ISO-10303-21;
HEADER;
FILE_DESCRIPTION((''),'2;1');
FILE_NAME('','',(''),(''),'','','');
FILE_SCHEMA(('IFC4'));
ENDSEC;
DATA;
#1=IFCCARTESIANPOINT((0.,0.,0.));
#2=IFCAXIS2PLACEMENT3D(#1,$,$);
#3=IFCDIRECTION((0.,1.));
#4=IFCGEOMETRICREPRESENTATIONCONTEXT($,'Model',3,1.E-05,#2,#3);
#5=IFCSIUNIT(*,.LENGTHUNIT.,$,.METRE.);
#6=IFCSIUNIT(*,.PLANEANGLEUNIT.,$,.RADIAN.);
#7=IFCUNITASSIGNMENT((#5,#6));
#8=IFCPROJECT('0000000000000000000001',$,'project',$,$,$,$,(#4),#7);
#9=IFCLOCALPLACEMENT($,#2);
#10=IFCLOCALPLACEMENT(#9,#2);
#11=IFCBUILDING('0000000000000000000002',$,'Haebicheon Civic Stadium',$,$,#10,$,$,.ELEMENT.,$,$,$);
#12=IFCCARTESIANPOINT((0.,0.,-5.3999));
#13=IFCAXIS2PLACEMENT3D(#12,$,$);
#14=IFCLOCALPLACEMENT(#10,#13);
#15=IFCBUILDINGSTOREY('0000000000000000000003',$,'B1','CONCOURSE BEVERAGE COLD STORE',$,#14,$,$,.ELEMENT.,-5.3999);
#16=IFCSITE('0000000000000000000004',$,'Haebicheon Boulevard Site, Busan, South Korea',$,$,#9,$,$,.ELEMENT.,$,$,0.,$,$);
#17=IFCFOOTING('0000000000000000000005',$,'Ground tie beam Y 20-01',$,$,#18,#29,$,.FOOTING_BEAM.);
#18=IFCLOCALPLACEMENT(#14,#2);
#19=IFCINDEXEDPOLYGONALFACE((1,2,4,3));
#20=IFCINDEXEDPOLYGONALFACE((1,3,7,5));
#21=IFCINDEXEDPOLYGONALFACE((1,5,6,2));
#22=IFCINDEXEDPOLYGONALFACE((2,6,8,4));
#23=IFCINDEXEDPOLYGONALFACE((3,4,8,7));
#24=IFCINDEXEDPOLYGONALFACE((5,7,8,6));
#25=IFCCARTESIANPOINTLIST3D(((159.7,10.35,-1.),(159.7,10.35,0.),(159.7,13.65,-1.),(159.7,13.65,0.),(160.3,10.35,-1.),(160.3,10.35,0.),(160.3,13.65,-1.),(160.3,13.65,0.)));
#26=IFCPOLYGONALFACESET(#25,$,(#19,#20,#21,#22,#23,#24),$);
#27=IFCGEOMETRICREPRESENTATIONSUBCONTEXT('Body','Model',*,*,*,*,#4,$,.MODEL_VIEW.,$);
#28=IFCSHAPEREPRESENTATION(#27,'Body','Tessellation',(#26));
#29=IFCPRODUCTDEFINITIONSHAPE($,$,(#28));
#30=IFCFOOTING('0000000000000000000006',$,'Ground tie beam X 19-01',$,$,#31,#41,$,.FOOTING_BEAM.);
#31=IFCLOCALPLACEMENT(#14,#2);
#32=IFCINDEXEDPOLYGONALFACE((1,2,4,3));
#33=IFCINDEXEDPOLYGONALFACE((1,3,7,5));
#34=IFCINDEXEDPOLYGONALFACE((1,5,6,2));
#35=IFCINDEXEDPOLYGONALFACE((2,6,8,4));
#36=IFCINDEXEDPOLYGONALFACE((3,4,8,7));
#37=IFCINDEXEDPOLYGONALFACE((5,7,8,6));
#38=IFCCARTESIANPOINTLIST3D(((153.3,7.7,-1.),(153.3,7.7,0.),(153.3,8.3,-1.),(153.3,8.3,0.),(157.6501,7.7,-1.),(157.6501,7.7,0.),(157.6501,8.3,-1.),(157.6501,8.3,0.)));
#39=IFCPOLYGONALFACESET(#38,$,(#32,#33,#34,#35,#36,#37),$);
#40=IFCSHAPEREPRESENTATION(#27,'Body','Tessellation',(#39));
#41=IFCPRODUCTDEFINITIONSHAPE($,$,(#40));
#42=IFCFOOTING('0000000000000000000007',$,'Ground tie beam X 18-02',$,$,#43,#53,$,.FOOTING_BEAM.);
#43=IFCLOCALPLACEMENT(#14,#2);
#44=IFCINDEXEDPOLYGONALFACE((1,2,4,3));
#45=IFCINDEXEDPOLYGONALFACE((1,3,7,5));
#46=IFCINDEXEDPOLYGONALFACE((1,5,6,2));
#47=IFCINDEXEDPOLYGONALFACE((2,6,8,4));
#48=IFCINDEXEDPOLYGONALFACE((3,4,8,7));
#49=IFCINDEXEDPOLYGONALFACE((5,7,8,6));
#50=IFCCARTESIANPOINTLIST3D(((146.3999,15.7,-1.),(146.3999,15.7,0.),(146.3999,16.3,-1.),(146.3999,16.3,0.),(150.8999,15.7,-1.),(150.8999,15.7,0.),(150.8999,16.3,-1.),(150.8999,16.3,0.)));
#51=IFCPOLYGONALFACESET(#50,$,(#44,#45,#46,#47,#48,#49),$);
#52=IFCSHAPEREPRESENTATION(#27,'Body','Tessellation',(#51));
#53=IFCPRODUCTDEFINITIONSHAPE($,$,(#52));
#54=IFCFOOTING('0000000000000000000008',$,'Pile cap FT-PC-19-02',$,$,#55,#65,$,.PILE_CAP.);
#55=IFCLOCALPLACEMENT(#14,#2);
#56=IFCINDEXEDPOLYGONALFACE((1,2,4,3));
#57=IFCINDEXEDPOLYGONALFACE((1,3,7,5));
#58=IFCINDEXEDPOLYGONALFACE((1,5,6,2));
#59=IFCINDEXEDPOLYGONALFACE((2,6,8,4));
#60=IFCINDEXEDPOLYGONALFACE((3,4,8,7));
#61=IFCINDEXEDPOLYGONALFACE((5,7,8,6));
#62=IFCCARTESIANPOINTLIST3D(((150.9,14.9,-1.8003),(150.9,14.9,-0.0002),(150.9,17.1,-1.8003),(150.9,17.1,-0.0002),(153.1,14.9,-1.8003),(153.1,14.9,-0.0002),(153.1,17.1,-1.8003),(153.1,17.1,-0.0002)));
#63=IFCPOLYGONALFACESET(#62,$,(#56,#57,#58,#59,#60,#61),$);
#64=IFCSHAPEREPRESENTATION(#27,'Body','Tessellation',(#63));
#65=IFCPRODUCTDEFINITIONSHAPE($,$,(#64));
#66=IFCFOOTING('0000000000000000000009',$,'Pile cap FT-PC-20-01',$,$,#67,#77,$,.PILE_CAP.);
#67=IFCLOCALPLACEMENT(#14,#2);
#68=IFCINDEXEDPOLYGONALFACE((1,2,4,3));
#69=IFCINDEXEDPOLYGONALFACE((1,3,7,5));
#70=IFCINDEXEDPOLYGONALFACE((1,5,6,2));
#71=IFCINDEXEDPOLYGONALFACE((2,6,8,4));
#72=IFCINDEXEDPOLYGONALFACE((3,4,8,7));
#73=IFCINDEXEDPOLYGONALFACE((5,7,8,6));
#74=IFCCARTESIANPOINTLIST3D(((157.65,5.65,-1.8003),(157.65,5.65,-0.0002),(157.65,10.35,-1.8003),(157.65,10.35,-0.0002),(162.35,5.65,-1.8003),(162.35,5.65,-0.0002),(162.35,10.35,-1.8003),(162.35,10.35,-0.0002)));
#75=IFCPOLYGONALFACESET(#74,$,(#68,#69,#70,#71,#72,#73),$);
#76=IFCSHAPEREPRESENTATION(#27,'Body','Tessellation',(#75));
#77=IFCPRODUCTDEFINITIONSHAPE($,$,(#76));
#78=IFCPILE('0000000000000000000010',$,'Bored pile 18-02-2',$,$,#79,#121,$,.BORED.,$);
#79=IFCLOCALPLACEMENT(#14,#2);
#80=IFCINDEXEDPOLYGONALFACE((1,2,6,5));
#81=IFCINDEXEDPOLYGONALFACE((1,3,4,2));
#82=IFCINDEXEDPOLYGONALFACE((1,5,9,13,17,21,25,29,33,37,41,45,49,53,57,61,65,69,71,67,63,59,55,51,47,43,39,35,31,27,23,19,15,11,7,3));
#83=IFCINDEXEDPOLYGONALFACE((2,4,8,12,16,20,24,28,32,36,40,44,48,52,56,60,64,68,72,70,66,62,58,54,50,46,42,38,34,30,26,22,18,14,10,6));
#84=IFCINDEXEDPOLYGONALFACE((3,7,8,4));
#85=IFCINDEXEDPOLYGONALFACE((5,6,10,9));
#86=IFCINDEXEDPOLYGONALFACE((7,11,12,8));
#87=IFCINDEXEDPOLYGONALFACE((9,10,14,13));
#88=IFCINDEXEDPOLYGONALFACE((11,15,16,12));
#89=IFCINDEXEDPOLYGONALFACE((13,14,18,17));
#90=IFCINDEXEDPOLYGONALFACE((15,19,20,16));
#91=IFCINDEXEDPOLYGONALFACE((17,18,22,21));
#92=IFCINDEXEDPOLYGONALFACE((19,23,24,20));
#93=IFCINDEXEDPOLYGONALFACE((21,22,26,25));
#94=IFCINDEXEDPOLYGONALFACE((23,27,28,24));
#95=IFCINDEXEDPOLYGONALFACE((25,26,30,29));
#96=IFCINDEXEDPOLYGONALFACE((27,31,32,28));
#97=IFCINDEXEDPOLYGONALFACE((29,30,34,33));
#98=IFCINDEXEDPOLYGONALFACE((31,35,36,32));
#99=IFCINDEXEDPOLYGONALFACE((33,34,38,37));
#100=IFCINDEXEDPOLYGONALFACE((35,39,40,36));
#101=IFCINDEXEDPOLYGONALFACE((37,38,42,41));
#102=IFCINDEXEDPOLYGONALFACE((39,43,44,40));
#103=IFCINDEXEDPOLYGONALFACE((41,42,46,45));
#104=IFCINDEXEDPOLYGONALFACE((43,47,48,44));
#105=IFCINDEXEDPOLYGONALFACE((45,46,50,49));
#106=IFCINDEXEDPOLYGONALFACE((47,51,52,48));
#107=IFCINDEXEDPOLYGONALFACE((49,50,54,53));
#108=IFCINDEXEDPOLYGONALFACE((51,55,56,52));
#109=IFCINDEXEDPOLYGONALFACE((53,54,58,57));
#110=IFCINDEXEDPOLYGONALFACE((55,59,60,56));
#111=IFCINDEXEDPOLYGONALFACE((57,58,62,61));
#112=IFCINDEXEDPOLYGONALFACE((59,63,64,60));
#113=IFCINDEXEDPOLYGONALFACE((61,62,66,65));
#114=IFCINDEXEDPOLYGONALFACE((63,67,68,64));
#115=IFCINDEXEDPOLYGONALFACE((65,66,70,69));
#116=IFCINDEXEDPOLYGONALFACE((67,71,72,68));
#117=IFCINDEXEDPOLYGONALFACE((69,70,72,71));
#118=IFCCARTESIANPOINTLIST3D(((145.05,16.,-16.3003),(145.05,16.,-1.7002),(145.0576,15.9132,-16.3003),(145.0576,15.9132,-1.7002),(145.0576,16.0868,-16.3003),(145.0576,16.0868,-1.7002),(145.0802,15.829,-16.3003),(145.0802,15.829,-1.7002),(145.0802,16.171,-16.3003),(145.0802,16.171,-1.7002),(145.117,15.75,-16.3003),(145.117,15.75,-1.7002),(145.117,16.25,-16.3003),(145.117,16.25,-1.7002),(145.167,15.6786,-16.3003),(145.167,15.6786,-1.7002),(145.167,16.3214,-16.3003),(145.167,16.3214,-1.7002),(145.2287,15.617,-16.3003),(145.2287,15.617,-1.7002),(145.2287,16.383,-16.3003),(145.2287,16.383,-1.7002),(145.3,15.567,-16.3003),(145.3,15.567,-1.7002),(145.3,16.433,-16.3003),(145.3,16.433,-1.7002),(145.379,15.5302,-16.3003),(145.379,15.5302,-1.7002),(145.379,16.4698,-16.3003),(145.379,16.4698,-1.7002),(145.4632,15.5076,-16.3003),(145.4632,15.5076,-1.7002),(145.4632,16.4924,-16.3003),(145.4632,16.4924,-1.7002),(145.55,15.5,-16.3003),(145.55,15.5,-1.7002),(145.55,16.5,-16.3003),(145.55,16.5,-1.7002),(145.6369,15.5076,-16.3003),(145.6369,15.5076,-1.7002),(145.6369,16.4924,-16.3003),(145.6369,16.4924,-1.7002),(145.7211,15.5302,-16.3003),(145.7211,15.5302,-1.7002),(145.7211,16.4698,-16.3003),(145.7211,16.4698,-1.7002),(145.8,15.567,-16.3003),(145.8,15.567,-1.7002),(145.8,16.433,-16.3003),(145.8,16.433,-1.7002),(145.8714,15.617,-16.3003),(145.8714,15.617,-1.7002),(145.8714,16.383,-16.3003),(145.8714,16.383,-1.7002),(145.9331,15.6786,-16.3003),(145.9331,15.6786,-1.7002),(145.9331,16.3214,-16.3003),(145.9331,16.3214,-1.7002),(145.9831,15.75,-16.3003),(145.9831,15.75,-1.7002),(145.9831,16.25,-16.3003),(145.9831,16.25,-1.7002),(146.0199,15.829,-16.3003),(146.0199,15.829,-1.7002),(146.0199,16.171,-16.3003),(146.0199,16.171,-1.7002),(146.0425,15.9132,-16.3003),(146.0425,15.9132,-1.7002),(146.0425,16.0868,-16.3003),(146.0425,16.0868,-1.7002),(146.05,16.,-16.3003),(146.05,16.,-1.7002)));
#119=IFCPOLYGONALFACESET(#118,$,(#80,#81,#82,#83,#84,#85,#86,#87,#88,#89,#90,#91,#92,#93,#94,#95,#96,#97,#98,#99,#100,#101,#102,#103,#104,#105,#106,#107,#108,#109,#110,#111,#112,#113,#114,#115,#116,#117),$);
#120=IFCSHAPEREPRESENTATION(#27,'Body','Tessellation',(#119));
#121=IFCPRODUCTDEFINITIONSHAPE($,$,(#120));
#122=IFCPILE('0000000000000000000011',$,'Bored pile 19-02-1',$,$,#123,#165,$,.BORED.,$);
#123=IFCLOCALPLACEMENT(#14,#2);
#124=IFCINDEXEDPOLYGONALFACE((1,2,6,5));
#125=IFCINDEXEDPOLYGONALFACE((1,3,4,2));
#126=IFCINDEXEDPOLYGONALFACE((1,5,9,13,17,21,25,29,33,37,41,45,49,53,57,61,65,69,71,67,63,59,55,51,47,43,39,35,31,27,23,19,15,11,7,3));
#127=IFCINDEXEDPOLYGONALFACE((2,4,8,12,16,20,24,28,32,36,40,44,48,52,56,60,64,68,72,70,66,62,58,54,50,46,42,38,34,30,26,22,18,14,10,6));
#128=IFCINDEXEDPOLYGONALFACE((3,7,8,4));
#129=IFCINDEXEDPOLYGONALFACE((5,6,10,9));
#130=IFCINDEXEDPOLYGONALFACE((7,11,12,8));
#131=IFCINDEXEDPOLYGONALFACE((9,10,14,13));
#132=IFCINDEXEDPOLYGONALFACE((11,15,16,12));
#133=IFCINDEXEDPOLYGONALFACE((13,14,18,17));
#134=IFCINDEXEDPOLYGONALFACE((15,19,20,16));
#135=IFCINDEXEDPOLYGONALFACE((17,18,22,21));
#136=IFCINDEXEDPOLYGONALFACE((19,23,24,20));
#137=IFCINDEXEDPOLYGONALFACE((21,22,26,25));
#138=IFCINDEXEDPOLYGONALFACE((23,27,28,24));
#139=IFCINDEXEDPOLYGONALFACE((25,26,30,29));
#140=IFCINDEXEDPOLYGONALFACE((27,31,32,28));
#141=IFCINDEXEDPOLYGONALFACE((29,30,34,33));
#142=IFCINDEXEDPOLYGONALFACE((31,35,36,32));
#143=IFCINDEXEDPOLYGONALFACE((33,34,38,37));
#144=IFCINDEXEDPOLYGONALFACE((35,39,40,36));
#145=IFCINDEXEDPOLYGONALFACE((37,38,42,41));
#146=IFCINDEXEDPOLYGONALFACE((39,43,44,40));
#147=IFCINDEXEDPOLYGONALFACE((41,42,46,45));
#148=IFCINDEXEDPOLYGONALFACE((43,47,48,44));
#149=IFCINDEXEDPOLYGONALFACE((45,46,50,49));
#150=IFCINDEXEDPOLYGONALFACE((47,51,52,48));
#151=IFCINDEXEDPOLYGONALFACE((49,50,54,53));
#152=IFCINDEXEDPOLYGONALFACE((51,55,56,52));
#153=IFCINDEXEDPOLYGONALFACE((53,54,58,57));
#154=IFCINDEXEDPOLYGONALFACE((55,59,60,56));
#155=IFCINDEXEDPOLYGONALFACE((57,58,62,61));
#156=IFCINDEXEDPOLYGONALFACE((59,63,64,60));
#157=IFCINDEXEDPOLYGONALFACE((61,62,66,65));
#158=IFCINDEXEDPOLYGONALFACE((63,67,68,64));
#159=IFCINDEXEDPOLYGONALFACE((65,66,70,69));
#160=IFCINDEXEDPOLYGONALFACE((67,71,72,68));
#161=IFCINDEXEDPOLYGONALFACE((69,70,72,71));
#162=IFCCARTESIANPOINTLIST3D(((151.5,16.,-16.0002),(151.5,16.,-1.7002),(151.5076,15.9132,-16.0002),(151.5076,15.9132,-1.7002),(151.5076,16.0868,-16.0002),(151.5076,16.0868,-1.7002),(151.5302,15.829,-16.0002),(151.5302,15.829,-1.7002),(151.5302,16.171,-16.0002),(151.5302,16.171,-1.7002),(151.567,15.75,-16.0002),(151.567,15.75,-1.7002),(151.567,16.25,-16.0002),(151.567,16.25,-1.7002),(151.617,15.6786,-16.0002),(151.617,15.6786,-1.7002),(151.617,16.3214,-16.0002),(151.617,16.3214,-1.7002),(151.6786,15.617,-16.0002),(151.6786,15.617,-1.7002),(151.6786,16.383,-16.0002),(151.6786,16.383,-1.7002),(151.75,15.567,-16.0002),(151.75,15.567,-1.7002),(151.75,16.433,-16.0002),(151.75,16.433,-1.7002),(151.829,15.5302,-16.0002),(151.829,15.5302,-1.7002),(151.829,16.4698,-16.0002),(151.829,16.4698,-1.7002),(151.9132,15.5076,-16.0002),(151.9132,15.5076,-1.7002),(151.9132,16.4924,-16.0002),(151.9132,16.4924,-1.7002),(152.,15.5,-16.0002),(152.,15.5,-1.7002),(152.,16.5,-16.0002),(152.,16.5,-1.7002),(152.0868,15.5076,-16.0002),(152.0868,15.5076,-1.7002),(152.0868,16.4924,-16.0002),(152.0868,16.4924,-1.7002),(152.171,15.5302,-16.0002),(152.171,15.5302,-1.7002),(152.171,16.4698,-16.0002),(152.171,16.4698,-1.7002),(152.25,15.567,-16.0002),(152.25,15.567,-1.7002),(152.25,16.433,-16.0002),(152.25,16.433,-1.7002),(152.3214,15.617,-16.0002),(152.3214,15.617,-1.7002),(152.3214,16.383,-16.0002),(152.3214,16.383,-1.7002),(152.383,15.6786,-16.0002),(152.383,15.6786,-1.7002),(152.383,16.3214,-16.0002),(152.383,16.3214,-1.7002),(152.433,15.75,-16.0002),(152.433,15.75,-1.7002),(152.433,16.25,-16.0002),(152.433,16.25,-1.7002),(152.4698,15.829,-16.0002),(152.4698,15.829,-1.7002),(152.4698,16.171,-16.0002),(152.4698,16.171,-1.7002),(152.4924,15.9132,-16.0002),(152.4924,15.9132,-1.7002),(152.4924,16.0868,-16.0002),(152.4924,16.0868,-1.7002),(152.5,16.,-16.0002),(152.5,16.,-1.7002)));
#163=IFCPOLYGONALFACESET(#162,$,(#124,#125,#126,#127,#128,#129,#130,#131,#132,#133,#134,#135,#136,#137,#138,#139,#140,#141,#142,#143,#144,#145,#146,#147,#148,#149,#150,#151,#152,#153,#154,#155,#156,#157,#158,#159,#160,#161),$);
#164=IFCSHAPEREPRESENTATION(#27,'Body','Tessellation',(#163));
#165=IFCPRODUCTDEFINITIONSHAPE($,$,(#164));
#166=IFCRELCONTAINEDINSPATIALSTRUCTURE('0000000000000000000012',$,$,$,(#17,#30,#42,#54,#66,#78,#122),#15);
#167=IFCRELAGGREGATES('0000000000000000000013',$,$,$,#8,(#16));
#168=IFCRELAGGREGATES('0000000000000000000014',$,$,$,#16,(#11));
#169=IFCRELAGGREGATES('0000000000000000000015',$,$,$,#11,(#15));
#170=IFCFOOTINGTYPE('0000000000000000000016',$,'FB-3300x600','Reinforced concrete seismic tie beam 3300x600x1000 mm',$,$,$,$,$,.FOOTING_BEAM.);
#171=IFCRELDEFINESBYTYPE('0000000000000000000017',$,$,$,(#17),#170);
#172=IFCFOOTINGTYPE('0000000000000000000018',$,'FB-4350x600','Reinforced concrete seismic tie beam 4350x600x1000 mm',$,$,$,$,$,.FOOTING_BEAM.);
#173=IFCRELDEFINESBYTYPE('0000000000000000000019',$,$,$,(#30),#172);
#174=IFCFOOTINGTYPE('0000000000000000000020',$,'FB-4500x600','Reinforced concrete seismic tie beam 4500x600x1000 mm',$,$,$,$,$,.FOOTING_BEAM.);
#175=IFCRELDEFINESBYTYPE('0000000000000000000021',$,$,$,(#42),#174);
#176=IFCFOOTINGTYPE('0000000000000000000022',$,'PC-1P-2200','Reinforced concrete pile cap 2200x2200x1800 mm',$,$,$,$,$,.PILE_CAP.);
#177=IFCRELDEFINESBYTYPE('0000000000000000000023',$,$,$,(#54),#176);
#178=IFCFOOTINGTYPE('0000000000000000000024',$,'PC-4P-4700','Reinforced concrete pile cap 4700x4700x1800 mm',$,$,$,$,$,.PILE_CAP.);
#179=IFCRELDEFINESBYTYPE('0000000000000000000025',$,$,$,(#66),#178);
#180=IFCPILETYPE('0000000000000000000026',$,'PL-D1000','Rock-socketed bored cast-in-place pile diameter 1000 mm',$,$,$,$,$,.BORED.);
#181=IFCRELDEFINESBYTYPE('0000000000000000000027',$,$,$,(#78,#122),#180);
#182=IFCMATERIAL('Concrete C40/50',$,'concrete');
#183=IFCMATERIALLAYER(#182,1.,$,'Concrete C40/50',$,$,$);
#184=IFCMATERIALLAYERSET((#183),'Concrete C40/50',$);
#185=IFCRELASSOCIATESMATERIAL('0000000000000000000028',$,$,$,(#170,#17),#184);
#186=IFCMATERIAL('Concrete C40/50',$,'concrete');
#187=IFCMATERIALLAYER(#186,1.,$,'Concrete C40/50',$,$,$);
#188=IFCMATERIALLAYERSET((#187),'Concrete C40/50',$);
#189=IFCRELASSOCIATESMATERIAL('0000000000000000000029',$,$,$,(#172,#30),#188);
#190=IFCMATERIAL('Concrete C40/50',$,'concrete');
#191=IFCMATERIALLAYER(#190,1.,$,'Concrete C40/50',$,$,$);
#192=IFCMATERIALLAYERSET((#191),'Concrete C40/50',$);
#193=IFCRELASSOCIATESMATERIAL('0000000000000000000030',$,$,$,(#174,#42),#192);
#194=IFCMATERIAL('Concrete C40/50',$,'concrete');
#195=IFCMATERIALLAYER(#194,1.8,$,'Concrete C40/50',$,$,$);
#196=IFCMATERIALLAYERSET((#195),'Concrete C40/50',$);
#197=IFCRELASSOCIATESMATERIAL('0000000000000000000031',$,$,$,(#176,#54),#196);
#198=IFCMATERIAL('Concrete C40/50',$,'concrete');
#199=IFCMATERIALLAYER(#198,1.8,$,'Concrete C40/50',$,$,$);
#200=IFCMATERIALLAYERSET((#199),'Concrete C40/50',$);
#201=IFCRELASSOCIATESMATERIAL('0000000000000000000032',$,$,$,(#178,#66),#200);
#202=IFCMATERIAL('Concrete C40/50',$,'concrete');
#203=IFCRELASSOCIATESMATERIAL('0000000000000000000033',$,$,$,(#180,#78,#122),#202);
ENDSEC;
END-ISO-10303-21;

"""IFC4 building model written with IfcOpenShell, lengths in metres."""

from ifc_helpers import new_model, si_unit, direction, frame, origin, origin_2d, place, context, subcontext, project, spatial, rectangle, circle, extrude, material, layer, layer_set, material_profile, profile_set, type_object, element, save


model = new_model("IFC4")

# Units and contexts
model_context = context("Model", 3, precision=1e-05, world=origin(), true_north=direction((0.0, 1.0)))
body_context = subcontext(model_context, "Body", "Model", "MODEL_VIEW")
ifc_project = project(units=[si_unit("LENGTHUNIT", "METRE"), si_unit("PLANEANGLEUNIT", "RADIAN")], contexts=[model_context])

# Site, building, storey
site_placement = place(None, origin())
site = spatial("IfcSite", under=ifc_project, at=site_placement, Name="Haebicheon Boulevard Site, Busan, South Korea", CompositionType="ELEMENT", RefElevation=0.0)
building_placement = place(site_placement, origin())
building = spatial("IfcBuilding", under=site, at=building_placement, Name="Haebicheon Civic Stadium", CompositionType="ELEMENT")
storey_placement = place(building_placement, frame((0.0, 0.0, -5.3999)))
storey = spatial("IfcBuildingStorey", under=building, at=storey_placement, Name="B1", Description="CONCOURSE BEVERAGE COLD STORE", CompositionType="ELEMENT", Elevation=-5.3999)

# Footings
ifc_material_1 = material(Name="Concrete C40/50", Category="concrete")
ifc_layer_1 = layer(ifc_material_1, 1.0, Name="Concrete C40/50")
ifc_layer_set_1 = layer_set([ifc_layer_1], Name="Concrete C40/50")
footing_type_1 = type_object("IfcFootingType", Name="FB-3300x600", Description="Reinforced concrete seismic tie beam 3300x600x1000 mm", PredefinedType="FOOTING_BEAM", material=ifc_layer_set_1)
footing_1_placement = place(storey_placement, frame((160.0, 12.0, -1.0), z_axis=(0.0, 0.0, 1.0), x_axis=(0.0, 1.0, 0.0)))
element("IfcFooting", 1, at=footing_1_placement, inside=storey, type_object=footing_type_1, material=ifc_layer_set_1, Name="Ground tie beam Y 20-01", PredefinedType="FOOTING_BEAM", context=body_context, shape_type="SweptSolid", body=[
    extrude(rectangle(XDim=3.3, YDim=0.6001, at=origin_2d()), origin(), (0.0, 0.0, 1.0), 1.0),
])
ifc_material_2 = material(Name="Concrete C40/50", Category="concrete")
ifc_layer_2 = layer(ifc_material_2, 1.0, Name="Concrete C40/50")
ifc_layer_set_2 = layer_set([ifc_layer_2], Name="Concrete C40/50")
footing_type_2 = type_object("IfcFootingType", Name="FB-4350x600", Description="Reinforced concrete seismic tie beam 4350x600x1000 mm", PredefinedType="FOOTING_BEAM", material=ifc_layer_set_2)
footing_2_placement = place(storey_placement, frame((155.4751, 8.0, -1.0), z_axis=(0.0, 0.0, 1.0), x_axis=(1.0, 0.0, 0.0)))
element("IfcFooting", 2, at=footing_2_placement, inside=storey, type_object=footing_type_2, material=ifc_layer_set_2, Name="Ground tie beam X 19-01", PredefinedType="FOOTING_BEAM", context=body_context, shape_type="SweptSolid", body=[
    extrude(rectangle(XDim=4.3501, YDim=0.6001, at=origin_2d()), origin(), (0.0, 0.0, 1.0), 1.0),
])
ifc_material_3 = material(Name="Concrete C40/50", Category="concrete")
ifc_layer_3 = layer(ifc_material_3, 1.0, Name="Concrete C40/50")
ifc_layer_set_3 = layer_set([ifc_layer_3], Name="Concrete C40/50")
footing_type_3 = type_object("IfcFootingType", Name="FB-4500x600", Description="Reinforced concrete seismic tie beam 4500x600x1000 mm", PredefinedType="FOOTING_BEAM", material=ifc_layer_set_3)
footing_3_placement = place(storey_placement, frame((148.6499, 16.0, -1.0), z_axis=(0.0, 0.0, 1.0), x_axis=(1.0, 0.0, 0.0)))
element("IfcFooting", 3, at=footing_3_placement, inside=storey, type_object=footing_type_3, material=ifc_layer_set_3, Name="Ground tie beam X 18-02", PredefinedType="FOOTING_BEAM", context=body_context, shape_type="SweptSolid", body=[
    extrude(rectangle(XDim=4.5, YDim=0.6001, at=origin_2d()), origin(), (0.0, 0.0, 1.0), 1.0),
])
ifc_material_4 = material(Name="Concrete C40/50", Category="concrete")
ifc_layer_4 = layer(ifc_material_4, 1.8, Name="Concrete C40/50")
ifc_layer_set_4 = layer_set([ifc_layer_4], Name="Concrete C40/50")
footing_type_4 = type_object("IfcFootingType", Name="PC-1P-2200", Description="Reinforced concrete pile cap 2200x2200x1800 mm", PredefinedType="PILE_CAP", material=ifc_layer_set_4)
footing_4_placement = place(storey_placement, frame((152.0, 16.0, -1.8003), z_axis=(0.0, 0.0, 1.0), x_axis=(1.0, 0.0, 0.0)))
element("IfcFooting", 4, at=footing_4_placement, inside=storey, type_object=footing_type_4, material=ifc_layer_set_4, Name="Pile cap FT-PC-19-02", PredefinedType="PILE_CAP", context=body_context, shape_type="SweptSolid", body=[
    extrude(rectangle(XDim=2.2, YDim=2.2, at=origin_2d()), origin(), (0.0, 0.0, 1.0), 1.8),
])
ifc_material_5 = material(Name="Concrete C40/50", Category="concrete")
ifc_layer_5 = layer(ifc_material_5, 1.8, Name="Concrete C40/50")
ifc_layer_set_5 = layer_set([ifc_layer_5], Name="Concrete C40/50")
footing_type_5 = type_object("IfcFootingType", Name="PC-4P-4700", Description="Reinforced concrete pile cap 4700x4700x1800 mm", PredefinedType="PILE_CAP", material=ifc_layer_set_5)
footing_5_placement = place(storey_placement, frame((160.0, 8.0, -1.8003), z_axis=(0.0, 0.0, 1.0), x_axis=(1.0, 0.0, 0.0)))
element("IfcFooting", 5, at=footing_5_placement, inside=storey, type_object=footing_type_5, material=ifc_layer_set_5, Name="Pile cap FT-PC-20-01", PredefinedType="PILE_CAP", context=body_context, shape_type="SweptSolid", body=[
    extrude(rectangle(XDim=4.7, YDim=4.7, at=origin_2d()), origin(), (0.0, 0.0, 1.0), 1.8),
])

# Piles
ifc_material_6 = material(Name="Concrete C40/50", Category="concrete")
ifc_material_profile_1 = material_profile(ifc_material_6, circle(Radius=0.5, at=origin_2d()), Name="PILE-D1000")
ifc_profile_set_1 = profile_set([ifc_material_profile_1], Name="Concrete C40/50")
pile_type_1 = type_object("IfcPileType", Name="PL-D1000", Description="Rock-socketed bored cast-in-place pile diameter 1000 mm", PredefinedType="BORED", material=ifc_profile_set_1)
pile_1_placement = place(storey_placement, frame((145.55, 16.0, -1.7002), z_axis=(0.0, 0.0, -1.0), x_axis=(1.0, 0.0, 0.0)))
element("IfcPile", 6, at=pile_1_placement, inside=storey, type_object=pile_type_1, material=ifc_profile_set_1, Name="Bored pile 18-02-2", PredefinedType="BORED", context=body_context, shape_type="SweptSolid", body=[
    extrude(circle(Radius=0.5, at=origin_2d()), origin(), (0.0, 0.0, 1.0), 14.6001),
])
pile_2_placement = place(storey_placement, frame((152.0, 16.0, -1.7002), z_axis=(0.0, 0.0, -1.0), x_axis=(1.0, 0.0, 0.0)))
element("IfcPile", 7, at=pile_2_placement, inside=storey, type_object=pile_type_1, material=ifc_profile_set_1, Name="Bored pile 19-02-1", PredefinedType="BORED", context=body_context, shape_type="SweptSolid", body=[
    extrude(circle(Radius=0.5, at=origin_2d()), origin(), (0.0, 0.0, 1.0), 14.3),
])

save(model, "model.ifc")
